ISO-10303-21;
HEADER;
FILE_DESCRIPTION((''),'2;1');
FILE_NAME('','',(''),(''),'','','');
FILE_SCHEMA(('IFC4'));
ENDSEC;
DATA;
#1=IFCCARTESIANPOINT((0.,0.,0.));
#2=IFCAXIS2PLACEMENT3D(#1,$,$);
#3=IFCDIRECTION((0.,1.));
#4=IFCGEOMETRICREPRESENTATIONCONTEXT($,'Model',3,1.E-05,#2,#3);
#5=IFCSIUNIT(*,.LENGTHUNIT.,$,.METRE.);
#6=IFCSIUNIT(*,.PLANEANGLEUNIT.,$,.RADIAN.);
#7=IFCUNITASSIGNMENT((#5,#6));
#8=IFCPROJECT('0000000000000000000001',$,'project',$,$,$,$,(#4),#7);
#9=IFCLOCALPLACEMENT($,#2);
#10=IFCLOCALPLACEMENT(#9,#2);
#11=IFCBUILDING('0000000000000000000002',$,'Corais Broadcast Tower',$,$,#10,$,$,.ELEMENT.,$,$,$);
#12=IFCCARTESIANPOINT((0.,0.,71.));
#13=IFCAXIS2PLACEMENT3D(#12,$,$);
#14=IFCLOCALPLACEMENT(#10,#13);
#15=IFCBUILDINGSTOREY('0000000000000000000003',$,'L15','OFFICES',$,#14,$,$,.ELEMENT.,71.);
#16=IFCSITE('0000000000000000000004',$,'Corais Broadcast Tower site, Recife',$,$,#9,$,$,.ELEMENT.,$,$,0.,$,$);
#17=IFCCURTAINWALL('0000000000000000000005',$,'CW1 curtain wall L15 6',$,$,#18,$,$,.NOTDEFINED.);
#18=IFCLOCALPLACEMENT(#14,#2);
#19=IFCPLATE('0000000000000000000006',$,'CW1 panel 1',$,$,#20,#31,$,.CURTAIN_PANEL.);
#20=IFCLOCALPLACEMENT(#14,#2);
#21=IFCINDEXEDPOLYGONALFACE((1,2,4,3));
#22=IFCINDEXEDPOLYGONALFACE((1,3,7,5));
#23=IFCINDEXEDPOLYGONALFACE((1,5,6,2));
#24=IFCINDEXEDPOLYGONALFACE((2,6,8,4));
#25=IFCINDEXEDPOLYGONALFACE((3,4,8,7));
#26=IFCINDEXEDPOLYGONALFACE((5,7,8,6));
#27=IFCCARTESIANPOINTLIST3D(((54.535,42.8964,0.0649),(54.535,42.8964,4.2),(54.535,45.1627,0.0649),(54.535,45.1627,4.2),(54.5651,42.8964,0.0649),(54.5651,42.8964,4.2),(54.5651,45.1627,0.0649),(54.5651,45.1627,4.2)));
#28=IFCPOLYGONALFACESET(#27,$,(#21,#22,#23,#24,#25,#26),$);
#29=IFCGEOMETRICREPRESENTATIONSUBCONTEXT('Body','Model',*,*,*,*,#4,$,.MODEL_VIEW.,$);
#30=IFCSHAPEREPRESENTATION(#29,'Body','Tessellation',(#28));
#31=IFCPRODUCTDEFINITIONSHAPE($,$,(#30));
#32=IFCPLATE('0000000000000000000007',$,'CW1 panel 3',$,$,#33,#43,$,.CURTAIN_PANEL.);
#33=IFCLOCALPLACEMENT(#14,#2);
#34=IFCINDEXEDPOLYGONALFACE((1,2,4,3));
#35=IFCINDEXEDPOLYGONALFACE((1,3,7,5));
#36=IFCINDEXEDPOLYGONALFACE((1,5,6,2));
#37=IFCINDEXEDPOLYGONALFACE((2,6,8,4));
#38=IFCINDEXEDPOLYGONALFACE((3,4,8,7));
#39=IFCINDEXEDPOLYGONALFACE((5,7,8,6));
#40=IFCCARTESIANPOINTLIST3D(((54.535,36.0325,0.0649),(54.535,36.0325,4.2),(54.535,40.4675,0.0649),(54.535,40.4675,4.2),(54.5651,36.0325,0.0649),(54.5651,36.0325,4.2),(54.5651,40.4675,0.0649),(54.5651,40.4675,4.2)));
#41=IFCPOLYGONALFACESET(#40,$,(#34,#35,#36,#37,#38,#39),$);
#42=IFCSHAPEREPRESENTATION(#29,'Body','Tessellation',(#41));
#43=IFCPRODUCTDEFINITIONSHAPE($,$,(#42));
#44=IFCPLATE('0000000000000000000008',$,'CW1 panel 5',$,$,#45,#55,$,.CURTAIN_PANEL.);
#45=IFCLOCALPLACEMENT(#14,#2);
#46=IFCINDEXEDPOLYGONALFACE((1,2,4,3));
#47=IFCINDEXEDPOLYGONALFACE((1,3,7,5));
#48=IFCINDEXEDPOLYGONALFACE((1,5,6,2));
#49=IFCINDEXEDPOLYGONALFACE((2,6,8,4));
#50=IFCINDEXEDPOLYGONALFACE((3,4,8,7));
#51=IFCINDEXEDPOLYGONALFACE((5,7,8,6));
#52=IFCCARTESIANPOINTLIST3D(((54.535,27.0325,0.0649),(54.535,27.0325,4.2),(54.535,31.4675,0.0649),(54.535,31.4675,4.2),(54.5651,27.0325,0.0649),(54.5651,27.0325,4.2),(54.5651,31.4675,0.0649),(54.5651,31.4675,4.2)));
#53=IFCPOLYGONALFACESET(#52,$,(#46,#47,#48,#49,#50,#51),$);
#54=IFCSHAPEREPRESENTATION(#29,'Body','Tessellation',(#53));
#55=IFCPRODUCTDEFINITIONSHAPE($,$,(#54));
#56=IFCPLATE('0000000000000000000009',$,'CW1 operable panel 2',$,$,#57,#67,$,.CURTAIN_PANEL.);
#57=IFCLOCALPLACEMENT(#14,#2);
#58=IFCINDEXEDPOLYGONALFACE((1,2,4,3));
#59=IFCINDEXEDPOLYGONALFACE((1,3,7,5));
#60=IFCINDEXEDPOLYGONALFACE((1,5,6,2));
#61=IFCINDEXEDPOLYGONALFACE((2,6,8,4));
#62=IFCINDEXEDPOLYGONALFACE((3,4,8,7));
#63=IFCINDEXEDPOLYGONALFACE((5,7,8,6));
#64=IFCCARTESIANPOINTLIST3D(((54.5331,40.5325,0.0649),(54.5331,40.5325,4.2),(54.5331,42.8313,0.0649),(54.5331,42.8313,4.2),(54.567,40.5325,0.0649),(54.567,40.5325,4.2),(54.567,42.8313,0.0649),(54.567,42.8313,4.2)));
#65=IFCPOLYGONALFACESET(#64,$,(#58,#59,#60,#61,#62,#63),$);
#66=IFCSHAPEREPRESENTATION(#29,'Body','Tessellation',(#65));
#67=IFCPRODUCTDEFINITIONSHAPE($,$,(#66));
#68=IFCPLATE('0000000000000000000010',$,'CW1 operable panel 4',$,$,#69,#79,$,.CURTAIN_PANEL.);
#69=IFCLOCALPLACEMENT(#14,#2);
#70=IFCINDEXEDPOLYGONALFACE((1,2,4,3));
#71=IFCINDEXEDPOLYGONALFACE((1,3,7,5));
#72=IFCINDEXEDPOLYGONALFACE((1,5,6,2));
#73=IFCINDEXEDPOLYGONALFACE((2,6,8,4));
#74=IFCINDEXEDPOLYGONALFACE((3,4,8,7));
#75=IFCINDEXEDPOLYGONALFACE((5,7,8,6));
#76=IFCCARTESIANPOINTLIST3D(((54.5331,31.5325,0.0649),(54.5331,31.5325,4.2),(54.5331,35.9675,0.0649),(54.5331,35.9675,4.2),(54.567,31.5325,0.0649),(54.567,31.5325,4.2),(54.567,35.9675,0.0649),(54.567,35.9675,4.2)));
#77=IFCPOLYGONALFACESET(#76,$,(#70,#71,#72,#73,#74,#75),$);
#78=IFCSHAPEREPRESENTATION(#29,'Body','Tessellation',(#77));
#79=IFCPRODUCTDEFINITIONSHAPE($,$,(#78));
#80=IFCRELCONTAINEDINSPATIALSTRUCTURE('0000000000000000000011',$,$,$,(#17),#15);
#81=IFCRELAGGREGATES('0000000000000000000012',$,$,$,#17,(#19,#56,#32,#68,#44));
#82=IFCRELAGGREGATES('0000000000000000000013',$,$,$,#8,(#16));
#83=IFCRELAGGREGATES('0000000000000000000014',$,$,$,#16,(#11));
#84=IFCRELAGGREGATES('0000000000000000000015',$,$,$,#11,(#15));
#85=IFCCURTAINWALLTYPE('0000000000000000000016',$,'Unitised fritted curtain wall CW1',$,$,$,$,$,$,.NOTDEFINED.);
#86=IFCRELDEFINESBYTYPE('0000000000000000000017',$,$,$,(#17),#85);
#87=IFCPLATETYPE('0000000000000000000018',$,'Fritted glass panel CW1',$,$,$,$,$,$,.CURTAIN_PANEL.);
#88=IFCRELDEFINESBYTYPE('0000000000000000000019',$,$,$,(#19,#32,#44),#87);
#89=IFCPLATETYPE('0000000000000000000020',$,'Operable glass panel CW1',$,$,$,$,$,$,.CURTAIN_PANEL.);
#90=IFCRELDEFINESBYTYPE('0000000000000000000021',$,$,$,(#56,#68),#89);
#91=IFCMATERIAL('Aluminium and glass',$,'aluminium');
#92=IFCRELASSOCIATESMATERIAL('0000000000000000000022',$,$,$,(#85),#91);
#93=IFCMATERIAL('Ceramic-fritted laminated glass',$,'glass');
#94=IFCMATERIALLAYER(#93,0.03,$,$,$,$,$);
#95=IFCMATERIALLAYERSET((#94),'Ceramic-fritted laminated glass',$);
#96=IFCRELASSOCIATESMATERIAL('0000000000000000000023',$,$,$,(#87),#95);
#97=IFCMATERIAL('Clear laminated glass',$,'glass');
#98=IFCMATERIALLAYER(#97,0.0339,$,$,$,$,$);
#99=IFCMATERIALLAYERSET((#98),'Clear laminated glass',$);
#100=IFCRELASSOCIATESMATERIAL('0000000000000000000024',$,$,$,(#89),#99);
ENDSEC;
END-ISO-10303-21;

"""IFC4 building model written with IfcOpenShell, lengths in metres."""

from ifc_helpers import new_model, si_unit, direction, frame, origin, origin_2d, place, context, subcontext, project, spatial, rectangle, extrude, material, layer, layer_set, type_object, element, aggregate, save


model = new_model("IFC4")

# Units and contexts
model_context = context("Model", 3, precision=1e-05, world=origin(), true_north=direction((0.0, 1.0)))
body_context = subcontext(model_context, "Body", "Model", "MODEL_VIEW")
ifc_project = project(units=[si_unit("LENGTHUNIT", "METRE"), si_unit("PLANEANGLEUNIT", "RADIAN")], contexts=[model_context])

# Site, building, storey
site_placement = place(None, origin())
site = spatial("IfcSite", under=ifc_project, at=site_placement, Name="Corais Broadcast Tower site, Recife", CompositionType="ELEMENT", RefElevation=0.0)
building_placement = place(site_placement, origin())
building = spatial("IfcBuilding", under=site, at=building_placement, Name="Corais Broadcast Tower", CompositionType="ELEMENT")
storey_placement = place(building_placement, frame((0.0, 0.0, 71.0)))
storey = spatial("IfcBuildingStorey", under=building, at=storey_placement, Name="L15", Description="OFFICES", CompositionType="ELEMENT", Elevation=71.0)

# Curtain wall
ifc_material_1 = material(Name="Aluminium and glass", Category="aluminium")
curtain_wall_type = type_object("IfcCurtainWallType", Name="Unitised fritted curtain wall CW1", PredefinedType="NOTDEFINED", material=ifc_material_1)
curtain_wall_placement = place(storey_placement, origin())
curtain_wall = element("IfcCurtainWall", 1, at=curtain_wall_placement, inside=storey, type_object=curtain_wall_type, Name="CW1 curtain wall L15 6", PredefinedType="NOTDEFINED")

# Plates
ifc_material_2 = material(Name="Ceramic-fritted laminated glass", Category="glass")
ifc_layer_1 = layer(ifc_material_2, 0.03)
ifc_layer_set_1 = layer_set([ifc_layer_1], Name="Ceramic-fritted laminated glass")
plate_type_1 = type_object("IfcPlateType", Name="Fritted glass panel CW1", PredefinedType="CURTAIN_PANEL", material=ifc_layer_set_1)
plate_1_placement = place(storey_placement, frame((54.55, 44.0295, 0.0649), z_axis=(0.0, 0.0, 1.0), x_axis=(0.0, -1.0, 0.0)))
plate_1 = element("IfcPlate", 2, at=plate_1_placement, type_object=plate_type_1, Name="CW1 panel 1", PredefinedType="CURTAIN_PANEL", context=body_context, shape_type="SweptSolid", body=[
    extrude(rectangle(XDim=2.2664, YDim=0.03, at=origin_2d()), origin(), (0.0, 0.0, 1.0), 4.135),
])
plate_2_placement = place(storey_placement, frame((54.55, 38.25, 0.0649), z_axis=(0.0, 0.0, 1.0), x_axis=(0.0, -1.0, 0.0)))
plate_2 = element("IfcPlate", 3, at=plate_2_placement, type_object=plate_type_1, Name="CW1 panel 3", PredefinedType="CURTAIN_PANEL", context=body_context, shape_type="SweptSolid", body=[
    extrude(rectangle(XDim=4.4351, YDim=0.03, at=origin_2d()), origin(), (0.0, 0.0, 1.0), 4.135),
])
plate_3_placement = place(storey_placement, frame((54.55, 29.25, 0.0649), z_axis=(0.0, 0.0, 1.0), x_axis=(0.0, -1.0, 0.0)))
plate_3 = element("IfcPlate", 4, at=plate_3_placement, type_object=plate_type_1, Name="CW1 panel 5", PredefinedType="CURTAIN_PANEL", context=body_context, shape_type="SweptSolid", body=[
    extrude(rectangle(XDim=4.4351, YDim=0.03, at=origin_2d()), origin(), (0.0, 0.0, 1.0), 4.135),
])
ifc_material_3 = material(Name="Clear laminated glass", Category="glass")
ifc_layer_2 = layer(ifc_material_3, 0.0339)
ifc_layer_set_2 = layer_set([ifc_layer_2], Name="Clear laminated glass")
plate_type_2 = type_object("IfcPlateType", Name="Operable glass panel CW1", PredefinedType="CURTAIN_PANEL", material=ifc_layer_set_2)
plate_4_placement = place(storey_placement, frame((54.55, 41.6819, 0.0649), z_axis=(0.0, 0.0, 1.0), x_axis=(0.0, -1.0, 0.0)))
plate_4 = element("IfcPlate", 5, at=plate_4_placement, type_object=plate_type_2, Name="CW1 operable panel 2", PredefinedType="CURTAIN_PANEL", context=body_context, shape_type="SweptSolid", body=[
    extrude(rectangle(XDim=2.2988, YDim=0.0339, at=origin_2d()), origin(), (0.0, 0.0, 1.0), 4.135),
])
plate_5_placement = place(storey_placement, frame((54.55, 33.75, 0.0649), z_axis=(0.0, 0.0, 1.0), x_axis=(0.0, -1.0, 0.0)))
plate_5 = element("IfcPlate", 6, at=plate_5_placement, type_object=plate_type_2, Name="CW1 operable panel 4", PredefinedType="CURTAIN_PANEL", context=body_context, shape_type="SweptSolid", body=[
    extrude(rectangle(XDim=4.4351, YDim=0.0339, at=origin_2d()), origin(), (0.0, 0.0, 1.0), 4.135),
])
aggregate(curtain_wall, [plate_1, plate_4, plate_2, plate_5, plate_3])

save(model, "model.ifc")
